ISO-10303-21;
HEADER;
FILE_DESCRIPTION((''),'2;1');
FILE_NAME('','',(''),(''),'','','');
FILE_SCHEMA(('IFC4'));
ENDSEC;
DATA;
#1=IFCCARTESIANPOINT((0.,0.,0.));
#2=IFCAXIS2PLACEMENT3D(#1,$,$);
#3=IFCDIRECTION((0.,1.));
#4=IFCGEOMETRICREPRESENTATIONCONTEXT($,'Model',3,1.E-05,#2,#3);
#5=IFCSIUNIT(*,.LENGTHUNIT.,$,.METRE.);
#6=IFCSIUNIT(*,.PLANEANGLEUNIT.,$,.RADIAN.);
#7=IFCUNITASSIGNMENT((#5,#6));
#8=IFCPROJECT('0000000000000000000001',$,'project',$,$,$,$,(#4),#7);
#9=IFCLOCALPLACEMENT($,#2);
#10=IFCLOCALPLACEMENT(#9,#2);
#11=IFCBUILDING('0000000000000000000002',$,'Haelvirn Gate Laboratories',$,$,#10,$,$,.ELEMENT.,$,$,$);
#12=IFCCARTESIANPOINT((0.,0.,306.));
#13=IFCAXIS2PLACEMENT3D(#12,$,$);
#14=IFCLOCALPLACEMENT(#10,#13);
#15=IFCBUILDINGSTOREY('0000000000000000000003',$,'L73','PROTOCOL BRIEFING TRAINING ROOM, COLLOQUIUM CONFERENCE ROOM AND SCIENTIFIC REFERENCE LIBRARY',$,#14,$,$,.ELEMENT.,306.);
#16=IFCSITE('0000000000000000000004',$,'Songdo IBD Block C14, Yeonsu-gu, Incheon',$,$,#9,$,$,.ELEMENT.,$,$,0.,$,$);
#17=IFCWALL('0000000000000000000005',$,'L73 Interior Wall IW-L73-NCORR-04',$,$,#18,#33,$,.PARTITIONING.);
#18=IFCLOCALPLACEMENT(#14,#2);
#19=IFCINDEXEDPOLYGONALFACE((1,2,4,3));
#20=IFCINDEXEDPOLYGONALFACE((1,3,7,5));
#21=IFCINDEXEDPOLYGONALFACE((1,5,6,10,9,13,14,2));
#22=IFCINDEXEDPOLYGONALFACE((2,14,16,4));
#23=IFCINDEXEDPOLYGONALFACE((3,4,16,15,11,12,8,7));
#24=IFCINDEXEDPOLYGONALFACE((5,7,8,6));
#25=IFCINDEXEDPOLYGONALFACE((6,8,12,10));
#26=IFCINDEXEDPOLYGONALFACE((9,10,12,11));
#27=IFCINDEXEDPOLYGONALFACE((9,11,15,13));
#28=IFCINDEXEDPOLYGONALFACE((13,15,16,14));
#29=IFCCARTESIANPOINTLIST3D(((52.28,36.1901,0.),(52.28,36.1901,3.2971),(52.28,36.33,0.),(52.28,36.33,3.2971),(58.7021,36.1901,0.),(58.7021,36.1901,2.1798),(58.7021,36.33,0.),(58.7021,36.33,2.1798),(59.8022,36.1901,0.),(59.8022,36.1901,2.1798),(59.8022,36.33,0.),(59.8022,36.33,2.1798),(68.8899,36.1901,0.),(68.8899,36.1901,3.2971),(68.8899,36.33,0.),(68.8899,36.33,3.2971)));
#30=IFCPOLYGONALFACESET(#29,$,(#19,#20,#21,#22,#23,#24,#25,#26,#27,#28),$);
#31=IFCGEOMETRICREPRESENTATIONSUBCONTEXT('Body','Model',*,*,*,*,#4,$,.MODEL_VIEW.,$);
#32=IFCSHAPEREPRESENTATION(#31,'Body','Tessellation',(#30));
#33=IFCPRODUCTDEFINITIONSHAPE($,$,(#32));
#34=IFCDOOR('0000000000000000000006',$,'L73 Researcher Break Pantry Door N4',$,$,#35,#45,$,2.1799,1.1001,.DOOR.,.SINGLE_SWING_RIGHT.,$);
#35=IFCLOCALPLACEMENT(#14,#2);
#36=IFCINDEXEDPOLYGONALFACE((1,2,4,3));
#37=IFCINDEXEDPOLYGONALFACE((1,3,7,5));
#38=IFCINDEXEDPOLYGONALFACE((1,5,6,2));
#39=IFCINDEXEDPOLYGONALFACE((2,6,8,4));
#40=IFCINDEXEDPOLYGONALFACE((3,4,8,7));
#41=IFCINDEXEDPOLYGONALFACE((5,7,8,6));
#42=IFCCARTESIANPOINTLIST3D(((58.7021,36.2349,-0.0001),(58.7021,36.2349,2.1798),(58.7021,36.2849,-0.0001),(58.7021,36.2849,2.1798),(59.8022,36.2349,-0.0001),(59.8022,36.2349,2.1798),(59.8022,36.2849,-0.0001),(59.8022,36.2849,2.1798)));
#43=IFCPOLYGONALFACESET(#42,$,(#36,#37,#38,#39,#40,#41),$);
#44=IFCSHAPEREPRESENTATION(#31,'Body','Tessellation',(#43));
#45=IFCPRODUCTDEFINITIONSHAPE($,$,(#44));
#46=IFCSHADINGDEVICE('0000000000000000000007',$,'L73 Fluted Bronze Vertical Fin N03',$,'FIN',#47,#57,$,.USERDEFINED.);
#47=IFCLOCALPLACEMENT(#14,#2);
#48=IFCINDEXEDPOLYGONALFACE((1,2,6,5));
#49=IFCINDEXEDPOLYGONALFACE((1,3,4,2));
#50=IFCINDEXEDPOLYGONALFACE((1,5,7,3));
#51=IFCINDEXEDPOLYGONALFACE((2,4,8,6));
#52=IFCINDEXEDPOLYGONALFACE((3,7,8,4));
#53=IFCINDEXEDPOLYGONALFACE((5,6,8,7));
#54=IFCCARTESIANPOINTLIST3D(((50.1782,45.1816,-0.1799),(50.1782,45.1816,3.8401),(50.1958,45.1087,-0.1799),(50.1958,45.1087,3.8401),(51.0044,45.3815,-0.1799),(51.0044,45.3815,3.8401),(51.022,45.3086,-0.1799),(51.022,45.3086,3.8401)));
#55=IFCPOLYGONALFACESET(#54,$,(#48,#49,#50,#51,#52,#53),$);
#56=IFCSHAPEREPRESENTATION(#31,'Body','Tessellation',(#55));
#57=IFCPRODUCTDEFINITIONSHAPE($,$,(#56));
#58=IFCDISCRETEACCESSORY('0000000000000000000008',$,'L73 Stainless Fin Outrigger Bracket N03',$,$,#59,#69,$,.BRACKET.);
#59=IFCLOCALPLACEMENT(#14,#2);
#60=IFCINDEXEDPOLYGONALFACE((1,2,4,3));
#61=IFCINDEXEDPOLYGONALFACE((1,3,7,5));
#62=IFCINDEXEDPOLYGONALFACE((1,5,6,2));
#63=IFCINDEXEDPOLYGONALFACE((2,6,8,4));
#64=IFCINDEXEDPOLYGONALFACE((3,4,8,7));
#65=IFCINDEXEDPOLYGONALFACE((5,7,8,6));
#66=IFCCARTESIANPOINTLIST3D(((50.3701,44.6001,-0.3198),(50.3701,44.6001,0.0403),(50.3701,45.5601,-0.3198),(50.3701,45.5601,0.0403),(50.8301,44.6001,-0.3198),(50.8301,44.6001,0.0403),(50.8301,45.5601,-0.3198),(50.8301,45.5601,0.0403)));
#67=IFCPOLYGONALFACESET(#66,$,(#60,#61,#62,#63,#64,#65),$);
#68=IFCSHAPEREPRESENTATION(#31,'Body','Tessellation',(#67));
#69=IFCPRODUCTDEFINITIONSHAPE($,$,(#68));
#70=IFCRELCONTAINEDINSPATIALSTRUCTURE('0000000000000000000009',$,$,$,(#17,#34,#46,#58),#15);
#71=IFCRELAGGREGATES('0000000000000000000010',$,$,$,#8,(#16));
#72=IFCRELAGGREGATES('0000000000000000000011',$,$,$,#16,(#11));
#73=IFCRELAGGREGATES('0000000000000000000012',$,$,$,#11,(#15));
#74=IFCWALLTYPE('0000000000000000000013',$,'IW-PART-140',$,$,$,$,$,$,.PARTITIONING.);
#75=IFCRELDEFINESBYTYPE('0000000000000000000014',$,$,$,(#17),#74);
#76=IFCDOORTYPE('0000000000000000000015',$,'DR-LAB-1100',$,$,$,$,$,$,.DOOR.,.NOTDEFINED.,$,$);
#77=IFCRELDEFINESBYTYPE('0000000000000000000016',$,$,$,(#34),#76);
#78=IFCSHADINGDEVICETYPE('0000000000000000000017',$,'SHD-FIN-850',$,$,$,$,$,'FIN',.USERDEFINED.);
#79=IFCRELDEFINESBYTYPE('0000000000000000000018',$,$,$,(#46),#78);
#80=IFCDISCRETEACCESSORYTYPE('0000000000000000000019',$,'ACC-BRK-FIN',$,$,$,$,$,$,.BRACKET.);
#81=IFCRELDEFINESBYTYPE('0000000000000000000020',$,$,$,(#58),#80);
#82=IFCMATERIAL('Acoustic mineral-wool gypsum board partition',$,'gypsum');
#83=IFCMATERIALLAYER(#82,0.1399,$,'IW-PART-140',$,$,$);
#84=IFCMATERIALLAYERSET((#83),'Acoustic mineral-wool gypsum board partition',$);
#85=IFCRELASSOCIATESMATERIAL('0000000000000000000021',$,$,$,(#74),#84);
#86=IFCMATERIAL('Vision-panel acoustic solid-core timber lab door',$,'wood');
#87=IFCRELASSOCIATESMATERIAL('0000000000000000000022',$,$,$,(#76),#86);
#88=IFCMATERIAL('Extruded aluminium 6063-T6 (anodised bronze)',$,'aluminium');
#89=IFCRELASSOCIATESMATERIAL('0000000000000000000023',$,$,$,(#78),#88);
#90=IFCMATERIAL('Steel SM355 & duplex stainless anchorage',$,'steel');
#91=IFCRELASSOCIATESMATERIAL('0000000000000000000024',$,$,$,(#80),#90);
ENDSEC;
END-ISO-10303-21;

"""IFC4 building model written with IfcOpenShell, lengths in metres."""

from ifc_helpers import new_model, si_unit, direction, frame, frame_2d, origin, origin_2d, place, context, subcontext, project, spatial, rectangle, extrude, source, transform, mapped, material, layer, layer_set, material_profile, profile_set, type_object, type_shapes, element, fill, save


model = new_model("IFC4")

# Units and contexts
model_context = context("Model", 3, precision=1e-05, world=origin(), true_north=direction((0.0, 1.0)))
body_context = subcontext(model_context, "Body", "Model", "MODEL_VIEW")
ifc_project = project(units=[si_unit("LENGTHUNIT", "METRE"), si_unit("PLANEANGLEUNIT", "RADIAN")], contexts=[model_context])

# Site, building, storey
site_placement = place(None, origin())
site = spatial("IfcSite", under=ifc_project, at=site_placement, Name="Songdo IBD Block C14, Yeonsu-gu, Incheon", CompositionType="ELEMENT", RefElevation=0.0)
building_placement = place(site_placement, origin())
building = spatial("IfcBuilding", under=site, at=building_placement, Name="Haelvirn Gate Laboratories", CompositionType="ELEMENT")
storey_placement = place(building_placement, frame((0.0, 0.0, 306.0)))
storey = spatial("IfcBuildingStorey", under=building, at=storey_placement, Name="L73", Description="PROTOCOL BRIEFING TRAINING ROOM, COLLOQUIUM CONFERENCE ROOM AND SCIENTIFIC REFERENCE LIBRARY", CompositionType="ELEMENT", Elevation=306.0)

# Shared definitions
ifc_material_1 = material(Name="Extruded aluminium 6063-T6 (anodised bronze)", Category="aluminium")

# Wall, opening, door
ifc_material_2 = material(Name="Acoustic mineral-wool gypsum board partition", Category="gypsum")
ifc_layer_1 = layer(ifc_material_2, 0.1399, Name="IW-PART-140")
ifc_layer_set_1 = layer_set([ifc_layer_1], Name="Acoustic mineral-wool gypsum board partition")
wall_type_1 = type_object("IfcWallType", Name="IW-PART-140", PredefinedType="PARTITIONING", material=ifc_layer_set_1)
wall_1_placement = place(storey_placement, frame((52.28, 36.26, 0.0), z_axis=(0.0, 0.0, 1.0), x_axis=(1.0, 0.0, 0.0)))
wall_1 = element("IfcWall", 1, at=wall_1_placement, inside=storey, type_object=wall_type_1, Name="L73 Interior Wall IW-L73-NCORR-04", PredefinedType="PARTITIONING", context=body_context, shape_type="SweptSolid", body=[
    extrude(rectangle(XDim=16.6099, YDim=0.1399, at=frame_2d((8.3049, 0.0))), origin(), (0.0, 0.0, 1.0), 3.2971),
])
opening_1_placement = place(wall_1_placement, frame((6.4221, 0.0, 0.0)))
opening_1 = element("IfcOpeningElement", 2, at=opening_1_placement, cuts=wall_1, PredefinedType="OPENING", context=body_context, shape_type="SweptSolid", body=[
    extrude(rectangle(XDim=1.1001, YDim=2.1799, at=frame_2d((0.55, 1.0898))), frame((0.0, 0.0801, 0.0), z_axis=(0.0, -1.0, 0.0), x_axis=(1.0, 0.0, 0.0)), (0.0, 0.0, 1.0), 0.1599),
])
ifc_material_3 = material(Name="Vision-panel acoustic solid-core timber lab door", Category="wood")
door_type_1 = type_object("IfcDoorType", Name="DR-LAB-1100", OperationType="NOTDEFINED", PredefinedType="DOOR", material=ifc_material_3)
shared_shape_1 = source(origin(), body_context, "Body", "SweptSolid", [
    extrude(rectangle(XDim=1.1001, YDim=2.1799, at=frame_2d((0.55, 1.0898))), frame((0.0, 0.0249, 0.0), z_axis=(0.0, -1.0, 0.0), x_axis=(1.0, 0.0, 0.0)), (0.0, 0.0, 1.0), 0.05),
])
type_shapes(door_type_1, [shared_shape_1])
door_1_placement = place(opening_1_placement, origin())
door_1 = element("IfcDoor", 3, at=door_1_placement, inside=storey, type_object=door_type_1, Name="L73 Researcher Break Pantry Door N4", OperationType="SINGLE_SWING_RIGHT", OverallHeight=2.1799, OverallWidth=1.1001, PredefinedType="DOOR", context=body_context, shape_type="MappedRepresentation", body=[
    mapped(shared_shape_1, transform((0.0, 0.0, 0.0), scale=1.0)),
])
fill(opening_1, door_1)

# Shading device
ifc_material_profile_1 = material_profile(ifc_material_1, rectangle(XDim=0.075, YDim=0.8501, at=origin_2d()), Name="FIN-850x75")
ifc_profile_set_1 = profile_set([ifc_material_profile_1], Name="Extruded aluminium 6063-T6 (anodised bronze)")
shading_device_type = type_object("IfcShadingDeviceType", Name="SHD-FIN-850", ElementType="FIN", PredefinedType="USERDEFINED", material=ifc_profile_set_1)
shared_shape_2 = source(origin(), body_context, "Body", "SweptSolid", [
    extrude(rectangle(XDim=0.075, YDim=0.8501, at=origin_2d()), origin(), (0.0, 0.0, 1.0), 4.02),
])
type_shapes(shading_device_type, [shared_shape_2])
shading_device_placement = place(storey_placement, frame((50.6001, 45.2451, -0.1799), z_axis=(0.0, 0.0, 1.0), x_axis=(-0.235142, 0.971961, 0.0)))
element("IfcShadingDevice", 4, at=shading_device_placement, inside=storey, type_object=shading_device_type, Name="L73 Fluted Bronze Vertical Fin N03", ObjectType="FIN", PredefinedType="USERDEFINED", context=body_context, shape_type="MappedRepresentation", body=[
    mapped(shared_shape_2, transform((0.0, 0.0, 0.0), scale=1.0)),
])

# Discrete accessory
ifc_material_4 = material(Name="Steel SM355 & duplex stainless anchorage", Category="steel")
discrete_accessory_type = type_object("IfcDiscreteAccessoryType", Name="ACC-BRK-FIN", PredefinedType="BRACKET", material=ifc_material_4)
shared_shape_3 = source(origin(), body_context, "Body", "SweptSolid", [
    extrude(rectangle(XDim=0.46, YDim=0.96, at=origin_2d()), origin(), (0.0, 0.0, 1.0), 0.3601),
])
type_shapes(discrete_accessory_type, [shared_shape_3])
discrete_accessory_placement = place(storey_placement, frame((50.6001, 45.0801, -0.3198), z_axis=(0.0, 0.0, 1.0), x_axis=(1.0, 0.0, 0.0)))
element("IfcDiscreteAccessory", 5, at=discrete_accessory_placement, inside=storey, type_object=discrete_accessory_type, Name="L73 Stainless Fin Outrigger Bracket N03", PredefinedType="BRACKET", context=body_context, shape_type="MappedRepresentation", body=[
    mapped(shared_shape_3, transform((0.0, 0.0, 0.0), scale=1.0)),
])

save(model, "model.ifc")
